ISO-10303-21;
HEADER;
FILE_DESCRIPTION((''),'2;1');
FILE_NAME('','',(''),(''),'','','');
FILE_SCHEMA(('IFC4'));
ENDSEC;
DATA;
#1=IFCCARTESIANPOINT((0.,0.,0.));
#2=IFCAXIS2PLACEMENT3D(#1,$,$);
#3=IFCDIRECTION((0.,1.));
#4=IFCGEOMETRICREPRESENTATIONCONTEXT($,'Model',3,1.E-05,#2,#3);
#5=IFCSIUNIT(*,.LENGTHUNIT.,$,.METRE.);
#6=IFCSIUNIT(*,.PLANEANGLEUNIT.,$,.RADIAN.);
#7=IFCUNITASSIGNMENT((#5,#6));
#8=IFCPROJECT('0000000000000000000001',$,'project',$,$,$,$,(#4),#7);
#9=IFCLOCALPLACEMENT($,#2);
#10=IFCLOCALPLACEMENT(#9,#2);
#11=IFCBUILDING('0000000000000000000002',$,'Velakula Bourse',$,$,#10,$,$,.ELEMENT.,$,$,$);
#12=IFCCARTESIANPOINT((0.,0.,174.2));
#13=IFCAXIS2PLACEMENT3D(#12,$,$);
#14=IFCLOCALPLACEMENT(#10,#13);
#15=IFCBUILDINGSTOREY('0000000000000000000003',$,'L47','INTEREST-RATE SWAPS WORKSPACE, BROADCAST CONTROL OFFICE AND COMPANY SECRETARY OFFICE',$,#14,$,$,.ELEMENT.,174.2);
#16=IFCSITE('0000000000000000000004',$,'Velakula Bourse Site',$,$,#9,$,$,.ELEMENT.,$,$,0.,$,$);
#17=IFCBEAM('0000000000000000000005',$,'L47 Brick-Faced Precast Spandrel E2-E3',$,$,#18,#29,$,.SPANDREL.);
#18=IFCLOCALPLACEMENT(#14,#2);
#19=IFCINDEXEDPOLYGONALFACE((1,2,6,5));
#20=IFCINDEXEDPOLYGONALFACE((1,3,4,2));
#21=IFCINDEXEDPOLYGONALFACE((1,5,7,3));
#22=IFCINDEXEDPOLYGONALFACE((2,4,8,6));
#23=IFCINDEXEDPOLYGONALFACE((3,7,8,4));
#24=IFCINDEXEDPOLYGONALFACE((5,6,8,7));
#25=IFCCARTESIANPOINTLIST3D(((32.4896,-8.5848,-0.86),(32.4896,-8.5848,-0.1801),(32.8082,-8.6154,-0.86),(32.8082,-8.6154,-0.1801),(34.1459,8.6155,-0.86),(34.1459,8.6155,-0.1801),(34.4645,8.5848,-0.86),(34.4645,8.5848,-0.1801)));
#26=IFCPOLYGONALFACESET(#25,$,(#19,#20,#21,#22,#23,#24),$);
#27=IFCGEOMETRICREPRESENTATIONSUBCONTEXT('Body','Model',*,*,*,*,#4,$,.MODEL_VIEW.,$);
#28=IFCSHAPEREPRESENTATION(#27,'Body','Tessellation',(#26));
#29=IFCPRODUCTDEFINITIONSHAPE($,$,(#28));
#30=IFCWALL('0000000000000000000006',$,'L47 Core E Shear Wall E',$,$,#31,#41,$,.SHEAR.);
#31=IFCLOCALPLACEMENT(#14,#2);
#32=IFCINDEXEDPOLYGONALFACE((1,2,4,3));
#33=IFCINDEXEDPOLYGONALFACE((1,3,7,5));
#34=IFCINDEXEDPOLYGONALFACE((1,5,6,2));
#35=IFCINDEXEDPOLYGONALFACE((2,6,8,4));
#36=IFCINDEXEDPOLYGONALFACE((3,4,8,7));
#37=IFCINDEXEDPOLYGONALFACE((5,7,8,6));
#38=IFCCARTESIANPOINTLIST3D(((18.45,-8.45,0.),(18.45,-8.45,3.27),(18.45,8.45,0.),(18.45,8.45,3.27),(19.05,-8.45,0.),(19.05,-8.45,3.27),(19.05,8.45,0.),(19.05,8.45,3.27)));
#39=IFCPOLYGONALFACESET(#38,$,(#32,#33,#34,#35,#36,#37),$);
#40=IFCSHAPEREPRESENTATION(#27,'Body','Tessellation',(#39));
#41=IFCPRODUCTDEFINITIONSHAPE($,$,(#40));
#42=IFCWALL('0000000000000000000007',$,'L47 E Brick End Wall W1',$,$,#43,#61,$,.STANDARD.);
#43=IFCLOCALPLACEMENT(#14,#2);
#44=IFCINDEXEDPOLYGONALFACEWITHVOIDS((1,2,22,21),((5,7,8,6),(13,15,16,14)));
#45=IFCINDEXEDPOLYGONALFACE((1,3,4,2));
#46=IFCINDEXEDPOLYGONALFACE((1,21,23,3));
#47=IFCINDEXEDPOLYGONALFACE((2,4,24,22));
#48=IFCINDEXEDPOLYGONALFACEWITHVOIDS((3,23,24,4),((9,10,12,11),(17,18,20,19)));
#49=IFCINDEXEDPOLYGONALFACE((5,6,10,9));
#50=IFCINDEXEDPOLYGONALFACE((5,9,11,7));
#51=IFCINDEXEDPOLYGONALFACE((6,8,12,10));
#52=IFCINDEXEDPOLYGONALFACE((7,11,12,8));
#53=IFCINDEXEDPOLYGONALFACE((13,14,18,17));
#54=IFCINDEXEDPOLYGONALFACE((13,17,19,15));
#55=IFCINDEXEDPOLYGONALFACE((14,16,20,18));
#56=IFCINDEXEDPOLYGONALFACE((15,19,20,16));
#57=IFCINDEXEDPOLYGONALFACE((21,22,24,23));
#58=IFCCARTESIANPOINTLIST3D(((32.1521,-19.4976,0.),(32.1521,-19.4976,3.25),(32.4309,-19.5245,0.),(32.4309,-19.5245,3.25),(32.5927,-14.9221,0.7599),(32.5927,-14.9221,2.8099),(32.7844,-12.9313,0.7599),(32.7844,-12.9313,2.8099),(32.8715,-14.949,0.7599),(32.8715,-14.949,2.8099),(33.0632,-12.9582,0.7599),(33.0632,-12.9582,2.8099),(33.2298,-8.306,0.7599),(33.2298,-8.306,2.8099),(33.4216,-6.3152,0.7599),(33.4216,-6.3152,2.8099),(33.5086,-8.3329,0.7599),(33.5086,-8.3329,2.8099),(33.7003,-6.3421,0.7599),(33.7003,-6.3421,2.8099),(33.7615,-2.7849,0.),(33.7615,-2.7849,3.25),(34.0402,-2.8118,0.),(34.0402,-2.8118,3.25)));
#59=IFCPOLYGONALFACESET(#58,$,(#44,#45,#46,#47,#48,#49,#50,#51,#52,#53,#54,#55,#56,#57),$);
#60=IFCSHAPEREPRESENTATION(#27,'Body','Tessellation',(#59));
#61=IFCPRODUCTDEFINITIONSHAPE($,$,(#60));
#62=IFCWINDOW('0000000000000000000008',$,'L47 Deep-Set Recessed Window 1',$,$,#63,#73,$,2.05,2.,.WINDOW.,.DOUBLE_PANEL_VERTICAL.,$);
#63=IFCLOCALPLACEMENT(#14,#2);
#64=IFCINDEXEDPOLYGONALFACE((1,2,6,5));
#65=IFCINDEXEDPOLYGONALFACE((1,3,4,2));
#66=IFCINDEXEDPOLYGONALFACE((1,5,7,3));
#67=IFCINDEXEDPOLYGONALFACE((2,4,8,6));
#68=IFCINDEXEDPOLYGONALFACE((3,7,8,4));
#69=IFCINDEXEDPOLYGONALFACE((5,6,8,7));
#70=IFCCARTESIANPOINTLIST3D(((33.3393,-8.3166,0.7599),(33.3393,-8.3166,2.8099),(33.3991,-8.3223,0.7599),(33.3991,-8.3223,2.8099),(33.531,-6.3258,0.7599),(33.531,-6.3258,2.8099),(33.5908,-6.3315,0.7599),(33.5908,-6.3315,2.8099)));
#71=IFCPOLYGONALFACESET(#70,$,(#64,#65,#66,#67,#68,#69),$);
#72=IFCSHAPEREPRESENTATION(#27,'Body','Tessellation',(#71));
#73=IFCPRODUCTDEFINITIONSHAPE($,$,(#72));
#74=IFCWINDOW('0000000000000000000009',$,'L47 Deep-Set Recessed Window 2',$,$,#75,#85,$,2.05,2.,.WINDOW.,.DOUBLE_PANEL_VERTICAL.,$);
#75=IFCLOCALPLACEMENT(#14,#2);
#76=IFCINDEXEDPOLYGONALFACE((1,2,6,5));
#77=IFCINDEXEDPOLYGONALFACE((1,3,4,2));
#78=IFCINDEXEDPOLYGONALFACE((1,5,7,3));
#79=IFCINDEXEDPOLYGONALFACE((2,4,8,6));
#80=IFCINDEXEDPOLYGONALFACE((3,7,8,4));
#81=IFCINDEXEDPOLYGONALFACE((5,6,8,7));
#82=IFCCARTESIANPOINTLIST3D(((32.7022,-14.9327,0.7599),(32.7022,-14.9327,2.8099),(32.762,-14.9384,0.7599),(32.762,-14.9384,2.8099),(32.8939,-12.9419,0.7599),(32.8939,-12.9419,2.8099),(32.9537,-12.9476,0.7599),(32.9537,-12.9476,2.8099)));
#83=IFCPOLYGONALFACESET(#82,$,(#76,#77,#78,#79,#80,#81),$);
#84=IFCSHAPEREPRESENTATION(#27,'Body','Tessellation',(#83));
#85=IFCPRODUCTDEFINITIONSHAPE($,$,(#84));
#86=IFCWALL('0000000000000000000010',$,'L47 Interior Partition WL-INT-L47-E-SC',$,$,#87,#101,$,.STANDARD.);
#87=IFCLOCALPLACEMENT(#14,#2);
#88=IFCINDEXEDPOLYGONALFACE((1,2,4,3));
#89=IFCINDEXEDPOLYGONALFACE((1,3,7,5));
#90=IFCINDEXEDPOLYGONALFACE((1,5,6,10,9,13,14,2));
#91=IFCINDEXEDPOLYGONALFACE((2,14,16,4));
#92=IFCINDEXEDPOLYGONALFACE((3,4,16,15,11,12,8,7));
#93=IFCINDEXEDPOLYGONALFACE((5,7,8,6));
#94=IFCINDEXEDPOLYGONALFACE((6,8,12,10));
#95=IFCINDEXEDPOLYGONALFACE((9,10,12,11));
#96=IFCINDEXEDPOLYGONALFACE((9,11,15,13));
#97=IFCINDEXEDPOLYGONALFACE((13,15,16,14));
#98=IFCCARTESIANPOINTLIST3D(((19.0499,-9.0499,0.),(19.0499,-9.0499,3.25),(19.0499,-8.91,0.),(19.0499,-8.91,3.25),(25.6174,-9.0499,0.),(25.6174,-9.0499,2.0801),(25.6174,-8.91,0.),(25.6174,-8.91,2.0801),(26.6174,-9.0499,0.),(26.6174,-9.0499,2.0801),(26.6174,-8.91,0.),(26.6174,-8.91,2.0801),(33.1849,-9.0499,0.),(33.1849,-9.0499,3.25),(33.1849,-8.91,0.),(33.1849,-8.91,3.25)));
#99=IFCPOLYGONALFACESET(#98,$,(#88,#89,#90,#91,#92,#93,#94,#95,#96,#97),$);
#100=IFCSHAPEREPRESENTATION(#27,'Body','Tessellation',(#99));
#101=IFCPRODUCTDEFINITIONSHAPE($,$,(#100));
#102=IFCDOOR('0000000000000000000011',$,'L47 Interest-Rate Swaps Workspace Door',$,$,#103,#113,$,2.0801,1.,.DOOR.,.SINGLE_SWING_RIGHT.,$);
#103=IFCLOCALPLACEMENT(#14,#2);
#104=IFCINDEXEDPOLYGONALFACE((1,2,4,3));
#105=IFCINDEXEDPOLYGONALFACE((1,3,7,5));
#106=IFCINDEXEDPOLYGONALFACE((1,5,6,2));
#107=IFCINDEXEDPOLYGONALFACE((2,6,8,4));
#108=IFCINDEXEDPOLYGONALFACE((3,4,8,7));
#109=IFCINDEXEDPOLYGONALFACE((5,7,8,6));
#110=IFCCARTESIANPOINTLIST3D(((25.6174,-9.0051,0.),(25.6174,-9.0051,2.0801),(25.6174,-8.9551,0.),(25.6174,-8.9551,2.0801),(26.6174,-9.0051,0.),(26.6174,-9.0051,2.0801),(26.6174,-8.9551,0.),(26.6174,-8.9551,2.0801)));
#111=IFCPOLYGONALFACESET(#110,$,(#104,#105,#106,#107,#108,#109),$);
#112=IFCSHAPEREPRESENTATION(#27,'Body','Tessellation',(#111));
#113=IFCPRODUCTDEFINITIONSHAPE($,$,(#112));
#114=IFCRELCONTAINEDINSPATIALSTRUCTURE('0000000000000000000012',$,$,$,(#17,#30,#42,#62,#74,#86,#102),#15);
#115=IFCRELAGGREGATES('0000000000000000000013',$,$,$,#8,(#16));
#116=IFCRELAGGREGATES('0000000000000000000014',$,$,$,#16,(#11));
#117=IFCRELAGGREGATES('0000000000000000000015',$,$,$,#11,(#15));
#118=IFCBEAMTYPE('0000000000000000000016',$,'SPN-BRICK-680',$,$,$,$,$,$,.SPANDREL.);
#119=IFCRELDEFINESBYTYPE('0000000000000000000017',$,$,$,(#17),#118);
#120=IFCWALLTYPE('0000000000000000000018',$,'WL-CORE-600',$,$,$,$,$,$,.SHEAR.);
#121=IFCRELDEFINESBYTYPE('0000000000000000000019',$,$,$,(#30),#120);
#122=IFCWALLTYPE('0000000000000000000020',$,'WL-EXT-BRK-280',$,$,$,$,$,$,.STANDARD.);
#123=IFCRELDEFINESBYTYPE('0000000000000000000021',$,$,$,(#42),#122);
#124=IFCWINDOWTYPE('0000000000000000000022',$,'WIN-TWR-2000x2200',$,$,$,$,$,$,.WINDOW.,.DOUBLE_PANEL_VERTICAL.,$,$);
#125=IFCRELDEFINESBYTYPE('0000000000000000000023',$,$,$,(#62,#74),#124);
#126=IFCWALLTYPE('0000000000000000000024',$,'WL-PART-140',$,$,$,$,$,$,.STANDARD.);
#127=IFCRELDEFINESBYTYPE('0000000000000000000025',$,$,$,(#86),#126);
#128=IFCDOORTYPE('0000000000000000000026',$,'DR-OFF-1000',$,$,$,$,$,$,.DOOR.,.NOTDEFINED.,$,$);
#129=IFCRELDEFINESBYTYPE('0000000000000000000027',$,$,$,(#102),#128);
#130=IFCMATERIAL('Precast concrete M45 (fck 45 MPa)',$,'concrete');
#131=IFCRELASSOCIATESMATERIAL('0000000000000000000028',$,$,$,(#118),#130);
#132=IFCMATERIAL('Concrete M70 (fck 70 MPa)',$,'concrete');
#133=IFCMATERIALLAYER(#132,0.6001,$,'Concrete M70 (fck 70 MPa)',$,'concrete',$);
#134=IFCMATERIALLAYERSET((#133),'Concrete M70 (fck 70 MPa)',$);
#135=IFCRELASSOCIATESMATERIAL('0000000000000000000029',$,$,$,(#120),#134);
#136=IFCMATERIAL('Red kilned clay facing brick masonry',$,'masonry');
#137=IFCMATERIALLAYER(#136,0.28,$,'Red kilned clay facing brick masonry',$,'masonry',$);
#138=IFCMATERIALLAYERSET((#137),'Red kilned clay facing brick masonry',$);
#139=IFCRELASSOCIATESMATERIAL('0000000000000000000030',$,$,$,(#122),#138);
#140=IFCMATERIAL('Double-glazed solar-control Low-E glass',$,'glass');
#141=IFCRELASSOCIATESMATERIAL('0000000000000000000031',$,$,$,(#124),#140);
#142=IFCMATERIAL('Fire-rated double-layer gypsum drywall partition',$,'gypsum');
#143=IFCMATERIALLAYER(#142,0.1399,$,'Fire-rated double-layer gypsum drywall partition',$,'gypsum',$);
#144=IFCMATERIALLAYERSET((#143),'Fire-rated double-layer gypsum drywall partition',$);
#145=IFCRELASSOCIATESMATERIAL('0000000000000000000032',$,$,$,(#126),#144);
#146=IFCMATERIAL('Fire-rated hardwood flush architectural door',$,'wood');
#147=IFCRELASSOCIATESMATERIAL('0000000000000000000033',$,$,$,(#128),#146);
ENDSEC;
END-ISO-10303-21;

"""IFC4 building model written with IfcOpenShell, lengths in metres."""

from ifc_helpers import new_model, si_unit, direction, frame, frame_2d, origin, origin_2d, place, context, subcontext, project, spatial, rectangle, extrude, material, layer, layer_set, material_profile, profile_set, type_object, element, fill, save


model = new_model("IFC4")

# Units and contexts
model_context = context("Model", 3, precision=1e-05, world=origin(), true_north=direction((0.0, 1.0)))
body_context = subcontext(model_context, "Body", "Model", "MODEL_VIEW")
ifc_project = project(units=[si_unit("LENGTHUNIT", "METRE"), si_unit("PLANEANGLEUNIT", "RADIAN")], contexts=[model_context])

# Site, building, storey
site_placement = place(None, origin())
site = spatial("IfcSite", under=ifc_project, at=site_placement, Name="Velakula Bourse Site", CompositionType="ELEMENT", RefElevation=0.0)
building_placement = place(site_placement, origin())
building = spatial("IfcBuilding", under=site, at=building_placement, Name="Velakula Bourse", CompositionType="ELEMENT")
storey_placement = place(building_placement, frame((0.0, 0.0, 174.2)))
storey = spatial("IfcBuildingStorey", under=building, at=storey_placement, Name="L47", Description="INTEREST-RATE SWAPS WORKSPACE, BROADCAST CONTROL OFFICE AND COMPANY SECRETARY OFFICE", CompositionType="ELEMENT", Elevation=174.2)

# Shared definitions
ifc_material_1 = material(Name="Concrete M70 (fck 70 MPa)", Category="concrete")

# Beam
ifc_material_2 = material(Name="Precast concrete M45 (fck 45 MPa)", Category="concrete")
ifc_material_profile_1 = material_profile(ifc_material_2, rectangle(XDim=0.3201, YDim=0.6799, at=origin_2d()), Name="Precast concrete M45 (fck 45 MPa)")
ifc_profile_set_1 = profile_set([ifc_material_profile_1], Name="Precast concrete M45 (fck 45 MPa)")
beam_type_1 = type_object("IfcBeamType", Name="SPN-BRICK-680", PredefinedType="SPANDREL", material=ifc_profile_set_1)
beam_1_placement = place(storey_placement, frame((32.6489, -8.6001, -0.52), z_axis=(0.095849, 0.995396, 0.0), x_axis=(-0.995396, 0.095849, 0.0)))
element("IfcBeam", 1, at=beam_1_placement, inside=storey, type_object=beam_type_1, Name="L47 Brick-Faced Precast Spandrel E2-E3", PredefinedType="SPANDREL", context=body_context, shape_type="SweptSolid", body=[
    extrude(rectangle(XDim=0.3201, YDim=0.6799, at=origin_2d()), origin(), (0.0, 0.0, 1.0), 17.2798),
])

# Wall
ifc_layer_1 = layer(ifc_material_1, 0.6001, Name="Concrete M70 (fck 70 MPa)", Category="concrete")
ifc_layer_set_1 = layer_set([ifc_layer_1], Name="Concrete M70 (fck 70 MPa)")
wall_type_1 = type_object("IfcWallType", Name="WL-CORE-600", PredefinedType="SHEAR", material=ifc_layer_set_1)
wall_1_placement = place(storey_placement, frame((18.75, -8.45, 0.0), z_axis=(0.0, 0.0, 1.0), x_axis=(0.0, 1.0, 0.0)))
element("IfcWall", 2, at=wall_1_placement, inside=storey, type_object=wall_type_1, Name="L47 Core E Shear Wall E", PredefinedType="SHEAR", context=body_context, shape_type="SweptSolid", body=[
    extrude(rectangle(XDim=16.8999, YDim=0.6001, at=frame_2d((8.45, 0.0))), origin(), (0.0, 0.0, 1.0), 3.27),
])

# Wall, openings, windows
ifc_material_3 = material(Name="Red kilned clay facing brick masonry", Category="masonry")
ifc_layer_2 = layer(ifc_material_3, 0.28, Name="Red kilned clay facing brick masonry", Category="masonry")
ifc_layer_set_2 = layer_set([ifc_layer_2], Name="Red kilned clay facing brick masonry")
wall_type_2 = type_object("IfcWallType", Name="WL-EXT-BRK-280", PredefinedType="STANDARD", material=ifc_layer_set_2)
wall_2_placement = place(storey_placement, frame((33.9009, -2.7983, 0.0), z_axis=(0.0, 0.0, 1.0), x_axis=(-0.095853, -0.995395, 0.0)))
wall_2 = element("IfcWall", 3, at=wall_2_placement, inside=storey, type_object=wall_type_2, Name="L47 E Brick End Wall W1", PredefinedType="STANDARD", context=body_context, shape_type="SweptSolid", body=[
    extrude(rectangle(XDim=16.79, YDim=0.28, at=frame_2d((8.395, 0.0))), origin(), (0.0, 0.0, 1.0), 3.25),
])
opening_1_placement = place(wall_2_placement, frame((3.5466, 0.0, 0.76)))
opening_1 = element("IfcOpeningElement", 4, at=opening_1_placement, cuts=wall_2, PredefinedType="OPENING", context=body_context, shape_type="SweptSolid", body=[
    extrude(rectangle(XDim=2.0, YDim=2.05, at=frame_2d((1.0, 1.0249))), frame((0.0, 0.1499, 0.0), z_axis=(0.0, -1.0, 0.0), x_axis=(1.0, 0.0, 0.0)), (0.0, 0.0, 1.0), 0.3),
])
opening_2_placement = place(wall_2_placement, frame((10.1934, 0.0, 0.76)))
opening_2 = element("IfcOpeningElement", 5, at=opening_2_placement, cuts=wall_2, PredefinedType="OPENING", context=body_context, shape_type="SweptSolid", body=[
    extrude(rectangle(XDim=2.0, YDim=2.05, at=frame_2d((1.0, 1.0249))), frame((0.0, 0.1499, 0.0), z_axis=(0.0, -1.0, 0.0), x_axis=(1.0, 0.0, 0.0)), (0.0, 0.0, 1.0), 0.3),
])
ifc_material_4 = material(Name="Double-glazed solar-control Low-E glass", Category="glass")
window_type = type_object("IfcWindowType", Name="WIN-TWR-2000x2200", PartitioningType="DOUBLE_PANEL_VERTICAL", PredefinedType="WINDOW", material=ifc_material_4)
window_1_placement = place(opening_1_placement, origin())
window_1 = element("IfcWindow", 6, at=window_1_placement, inside=storey, type_object=window_type, Name="L47 Deep-Set Recessed Window 1", OverallHeight=2.05, OverallWidth=2.0, PartitioningType="DOUBLE_PANEL_VERTICAL", PredefinedType="WINDOW", context=body_context, shape_type="SweptSolid", body=[
    extrude(rectangle(XDim=2.0, YDim=2.05, at=frame_2d((1.0, 1.0249))), frame((0.0, 0.03, 0.0), z_axis=(0.0, -1.0, 0.0), x_axis=(1.0, 0.0, 0.0)), (0.0, 0.0, 1.0), 0.0601),
])
fill(opening_1, window_1)
window_2_placement = place(opening_2_placement, origin())
window_2 = element("IfcWindow", 7, at=window_2_placement, inside=storey, type_object=window_type, Name="L47 Deep-Set Recessed Window 2", OverallHeight=2.05, OverallWidth=2.0, PartitioningType="DOUBLE_PANEL_VERTICAL", PredefinedType="WINDOW", context=body_context, shape_type="SweptSolid", body=[
    extrude(rectangle(XDim=2.0, YDim=2.05, at=frame_2d((1.0, 1.0249))), frame((0.0, 0.03, 0.0), z_axis=(0.0, -1.0, 0.0), x_axis=(1.0, 0.0, 0.0)), (0.0, 0.0, 1.0), 0.0601),
])
fill(opening_2, window_2)

# Wall, opening, door
ifc_material_5 = material(Name="Fire-rated double-layer gypsum drywall partition", Category="gypsum")
ifc_layer_3 = layer(ifc_material_5, 0.1399, Name="Fire-rated double-layer gypsum drywall partition", Category="gypsum")
ifc_layer_set_3 = layer_set([ifc_layer_3], Name="Fire-rated double-layer gypsum drywall partition")
wall_type_3 = type_object("IfcWallType", Name="WL-PART-140", PredefinedType="STANDARD", material=ifc_layer_set_3)
wall_3_placement = place(storey_placement, frame((19.05, -8.98, 0.0), z_axis=(0.0, 0.0, 1.0), x_axis=(1.0, 0.0, 0.0)))
wall_3 = element("IfcWall", 8, at=wall_3_placement, inside=storey, type_object=wall_type_3, Name="L47 Interior Partition WL-INT-L47-E-SC", PredefinedType="STANDARD", context=body_context, shape_type="SweptSolid", body=[
    extrude(rectangle(XDim=14.135, YDim=0.1399, at=frame_2d((7.0674, 0.0))), origin(), (0.0, 0.0, 1.0), 3.25),
])
opening_3_placement = place(wall_3_placement, frame((6.5674, 0.0, 0.0)))
opening_3 = element("IfcOpeningElement", 9, at=opening_3_placement, cuts=wall_3, PredefinedType="OPENING", context=body_context, shape_type="SweptSolid", body=[
    extrude(rectangle(XDim=1.0, YDim=2.0801, at=frame_2d((0.5, 1.04))), frame((0.0, 0.0798, 0.0), z_axis=(0.0, -1.0, 0.0), x_axis=(1.0, 0.0, 0.0)), (0.0, 0.0, 1.0), 0.1599),
])
ifc_material_6 = material(Name="Fire-rated hardwood flush architectural door", Category="wood")
door_type = type_object("IfcDoorType", Name="DR-OFF-1000", OperationType="NOTDEFINED", PredefinedType="DOOR", material=ifc_material_6)
door_placement = place(opening_3_placement, origin())
door = element("IfcDoor", 10, at=door_placement, inside=storey, type_object=door_type, Name="L47 Interest-Rate Swaps Workspace Door", OperationType="SINGLE_SWING_RIGHT", OverallHeight=2.0801, OverallWidth=1.0, PredefinedType="DOOR", context=body_context, shape_type="SweptSolid", body=[
    extrude(rectangle(XDim=1.0, YDim=2.0801, at=frame_2d((0.5, 1.04))), frame((0.0, 0.0249, 0.0), z_axis=(0.0, -1.0, 0.0), x_axis=(1.0, 0.0, 0.0)), (0.0, 0.0, 1.0), 0.05),
])
fill(opening_3, door)

save(model, "model.ifc")
